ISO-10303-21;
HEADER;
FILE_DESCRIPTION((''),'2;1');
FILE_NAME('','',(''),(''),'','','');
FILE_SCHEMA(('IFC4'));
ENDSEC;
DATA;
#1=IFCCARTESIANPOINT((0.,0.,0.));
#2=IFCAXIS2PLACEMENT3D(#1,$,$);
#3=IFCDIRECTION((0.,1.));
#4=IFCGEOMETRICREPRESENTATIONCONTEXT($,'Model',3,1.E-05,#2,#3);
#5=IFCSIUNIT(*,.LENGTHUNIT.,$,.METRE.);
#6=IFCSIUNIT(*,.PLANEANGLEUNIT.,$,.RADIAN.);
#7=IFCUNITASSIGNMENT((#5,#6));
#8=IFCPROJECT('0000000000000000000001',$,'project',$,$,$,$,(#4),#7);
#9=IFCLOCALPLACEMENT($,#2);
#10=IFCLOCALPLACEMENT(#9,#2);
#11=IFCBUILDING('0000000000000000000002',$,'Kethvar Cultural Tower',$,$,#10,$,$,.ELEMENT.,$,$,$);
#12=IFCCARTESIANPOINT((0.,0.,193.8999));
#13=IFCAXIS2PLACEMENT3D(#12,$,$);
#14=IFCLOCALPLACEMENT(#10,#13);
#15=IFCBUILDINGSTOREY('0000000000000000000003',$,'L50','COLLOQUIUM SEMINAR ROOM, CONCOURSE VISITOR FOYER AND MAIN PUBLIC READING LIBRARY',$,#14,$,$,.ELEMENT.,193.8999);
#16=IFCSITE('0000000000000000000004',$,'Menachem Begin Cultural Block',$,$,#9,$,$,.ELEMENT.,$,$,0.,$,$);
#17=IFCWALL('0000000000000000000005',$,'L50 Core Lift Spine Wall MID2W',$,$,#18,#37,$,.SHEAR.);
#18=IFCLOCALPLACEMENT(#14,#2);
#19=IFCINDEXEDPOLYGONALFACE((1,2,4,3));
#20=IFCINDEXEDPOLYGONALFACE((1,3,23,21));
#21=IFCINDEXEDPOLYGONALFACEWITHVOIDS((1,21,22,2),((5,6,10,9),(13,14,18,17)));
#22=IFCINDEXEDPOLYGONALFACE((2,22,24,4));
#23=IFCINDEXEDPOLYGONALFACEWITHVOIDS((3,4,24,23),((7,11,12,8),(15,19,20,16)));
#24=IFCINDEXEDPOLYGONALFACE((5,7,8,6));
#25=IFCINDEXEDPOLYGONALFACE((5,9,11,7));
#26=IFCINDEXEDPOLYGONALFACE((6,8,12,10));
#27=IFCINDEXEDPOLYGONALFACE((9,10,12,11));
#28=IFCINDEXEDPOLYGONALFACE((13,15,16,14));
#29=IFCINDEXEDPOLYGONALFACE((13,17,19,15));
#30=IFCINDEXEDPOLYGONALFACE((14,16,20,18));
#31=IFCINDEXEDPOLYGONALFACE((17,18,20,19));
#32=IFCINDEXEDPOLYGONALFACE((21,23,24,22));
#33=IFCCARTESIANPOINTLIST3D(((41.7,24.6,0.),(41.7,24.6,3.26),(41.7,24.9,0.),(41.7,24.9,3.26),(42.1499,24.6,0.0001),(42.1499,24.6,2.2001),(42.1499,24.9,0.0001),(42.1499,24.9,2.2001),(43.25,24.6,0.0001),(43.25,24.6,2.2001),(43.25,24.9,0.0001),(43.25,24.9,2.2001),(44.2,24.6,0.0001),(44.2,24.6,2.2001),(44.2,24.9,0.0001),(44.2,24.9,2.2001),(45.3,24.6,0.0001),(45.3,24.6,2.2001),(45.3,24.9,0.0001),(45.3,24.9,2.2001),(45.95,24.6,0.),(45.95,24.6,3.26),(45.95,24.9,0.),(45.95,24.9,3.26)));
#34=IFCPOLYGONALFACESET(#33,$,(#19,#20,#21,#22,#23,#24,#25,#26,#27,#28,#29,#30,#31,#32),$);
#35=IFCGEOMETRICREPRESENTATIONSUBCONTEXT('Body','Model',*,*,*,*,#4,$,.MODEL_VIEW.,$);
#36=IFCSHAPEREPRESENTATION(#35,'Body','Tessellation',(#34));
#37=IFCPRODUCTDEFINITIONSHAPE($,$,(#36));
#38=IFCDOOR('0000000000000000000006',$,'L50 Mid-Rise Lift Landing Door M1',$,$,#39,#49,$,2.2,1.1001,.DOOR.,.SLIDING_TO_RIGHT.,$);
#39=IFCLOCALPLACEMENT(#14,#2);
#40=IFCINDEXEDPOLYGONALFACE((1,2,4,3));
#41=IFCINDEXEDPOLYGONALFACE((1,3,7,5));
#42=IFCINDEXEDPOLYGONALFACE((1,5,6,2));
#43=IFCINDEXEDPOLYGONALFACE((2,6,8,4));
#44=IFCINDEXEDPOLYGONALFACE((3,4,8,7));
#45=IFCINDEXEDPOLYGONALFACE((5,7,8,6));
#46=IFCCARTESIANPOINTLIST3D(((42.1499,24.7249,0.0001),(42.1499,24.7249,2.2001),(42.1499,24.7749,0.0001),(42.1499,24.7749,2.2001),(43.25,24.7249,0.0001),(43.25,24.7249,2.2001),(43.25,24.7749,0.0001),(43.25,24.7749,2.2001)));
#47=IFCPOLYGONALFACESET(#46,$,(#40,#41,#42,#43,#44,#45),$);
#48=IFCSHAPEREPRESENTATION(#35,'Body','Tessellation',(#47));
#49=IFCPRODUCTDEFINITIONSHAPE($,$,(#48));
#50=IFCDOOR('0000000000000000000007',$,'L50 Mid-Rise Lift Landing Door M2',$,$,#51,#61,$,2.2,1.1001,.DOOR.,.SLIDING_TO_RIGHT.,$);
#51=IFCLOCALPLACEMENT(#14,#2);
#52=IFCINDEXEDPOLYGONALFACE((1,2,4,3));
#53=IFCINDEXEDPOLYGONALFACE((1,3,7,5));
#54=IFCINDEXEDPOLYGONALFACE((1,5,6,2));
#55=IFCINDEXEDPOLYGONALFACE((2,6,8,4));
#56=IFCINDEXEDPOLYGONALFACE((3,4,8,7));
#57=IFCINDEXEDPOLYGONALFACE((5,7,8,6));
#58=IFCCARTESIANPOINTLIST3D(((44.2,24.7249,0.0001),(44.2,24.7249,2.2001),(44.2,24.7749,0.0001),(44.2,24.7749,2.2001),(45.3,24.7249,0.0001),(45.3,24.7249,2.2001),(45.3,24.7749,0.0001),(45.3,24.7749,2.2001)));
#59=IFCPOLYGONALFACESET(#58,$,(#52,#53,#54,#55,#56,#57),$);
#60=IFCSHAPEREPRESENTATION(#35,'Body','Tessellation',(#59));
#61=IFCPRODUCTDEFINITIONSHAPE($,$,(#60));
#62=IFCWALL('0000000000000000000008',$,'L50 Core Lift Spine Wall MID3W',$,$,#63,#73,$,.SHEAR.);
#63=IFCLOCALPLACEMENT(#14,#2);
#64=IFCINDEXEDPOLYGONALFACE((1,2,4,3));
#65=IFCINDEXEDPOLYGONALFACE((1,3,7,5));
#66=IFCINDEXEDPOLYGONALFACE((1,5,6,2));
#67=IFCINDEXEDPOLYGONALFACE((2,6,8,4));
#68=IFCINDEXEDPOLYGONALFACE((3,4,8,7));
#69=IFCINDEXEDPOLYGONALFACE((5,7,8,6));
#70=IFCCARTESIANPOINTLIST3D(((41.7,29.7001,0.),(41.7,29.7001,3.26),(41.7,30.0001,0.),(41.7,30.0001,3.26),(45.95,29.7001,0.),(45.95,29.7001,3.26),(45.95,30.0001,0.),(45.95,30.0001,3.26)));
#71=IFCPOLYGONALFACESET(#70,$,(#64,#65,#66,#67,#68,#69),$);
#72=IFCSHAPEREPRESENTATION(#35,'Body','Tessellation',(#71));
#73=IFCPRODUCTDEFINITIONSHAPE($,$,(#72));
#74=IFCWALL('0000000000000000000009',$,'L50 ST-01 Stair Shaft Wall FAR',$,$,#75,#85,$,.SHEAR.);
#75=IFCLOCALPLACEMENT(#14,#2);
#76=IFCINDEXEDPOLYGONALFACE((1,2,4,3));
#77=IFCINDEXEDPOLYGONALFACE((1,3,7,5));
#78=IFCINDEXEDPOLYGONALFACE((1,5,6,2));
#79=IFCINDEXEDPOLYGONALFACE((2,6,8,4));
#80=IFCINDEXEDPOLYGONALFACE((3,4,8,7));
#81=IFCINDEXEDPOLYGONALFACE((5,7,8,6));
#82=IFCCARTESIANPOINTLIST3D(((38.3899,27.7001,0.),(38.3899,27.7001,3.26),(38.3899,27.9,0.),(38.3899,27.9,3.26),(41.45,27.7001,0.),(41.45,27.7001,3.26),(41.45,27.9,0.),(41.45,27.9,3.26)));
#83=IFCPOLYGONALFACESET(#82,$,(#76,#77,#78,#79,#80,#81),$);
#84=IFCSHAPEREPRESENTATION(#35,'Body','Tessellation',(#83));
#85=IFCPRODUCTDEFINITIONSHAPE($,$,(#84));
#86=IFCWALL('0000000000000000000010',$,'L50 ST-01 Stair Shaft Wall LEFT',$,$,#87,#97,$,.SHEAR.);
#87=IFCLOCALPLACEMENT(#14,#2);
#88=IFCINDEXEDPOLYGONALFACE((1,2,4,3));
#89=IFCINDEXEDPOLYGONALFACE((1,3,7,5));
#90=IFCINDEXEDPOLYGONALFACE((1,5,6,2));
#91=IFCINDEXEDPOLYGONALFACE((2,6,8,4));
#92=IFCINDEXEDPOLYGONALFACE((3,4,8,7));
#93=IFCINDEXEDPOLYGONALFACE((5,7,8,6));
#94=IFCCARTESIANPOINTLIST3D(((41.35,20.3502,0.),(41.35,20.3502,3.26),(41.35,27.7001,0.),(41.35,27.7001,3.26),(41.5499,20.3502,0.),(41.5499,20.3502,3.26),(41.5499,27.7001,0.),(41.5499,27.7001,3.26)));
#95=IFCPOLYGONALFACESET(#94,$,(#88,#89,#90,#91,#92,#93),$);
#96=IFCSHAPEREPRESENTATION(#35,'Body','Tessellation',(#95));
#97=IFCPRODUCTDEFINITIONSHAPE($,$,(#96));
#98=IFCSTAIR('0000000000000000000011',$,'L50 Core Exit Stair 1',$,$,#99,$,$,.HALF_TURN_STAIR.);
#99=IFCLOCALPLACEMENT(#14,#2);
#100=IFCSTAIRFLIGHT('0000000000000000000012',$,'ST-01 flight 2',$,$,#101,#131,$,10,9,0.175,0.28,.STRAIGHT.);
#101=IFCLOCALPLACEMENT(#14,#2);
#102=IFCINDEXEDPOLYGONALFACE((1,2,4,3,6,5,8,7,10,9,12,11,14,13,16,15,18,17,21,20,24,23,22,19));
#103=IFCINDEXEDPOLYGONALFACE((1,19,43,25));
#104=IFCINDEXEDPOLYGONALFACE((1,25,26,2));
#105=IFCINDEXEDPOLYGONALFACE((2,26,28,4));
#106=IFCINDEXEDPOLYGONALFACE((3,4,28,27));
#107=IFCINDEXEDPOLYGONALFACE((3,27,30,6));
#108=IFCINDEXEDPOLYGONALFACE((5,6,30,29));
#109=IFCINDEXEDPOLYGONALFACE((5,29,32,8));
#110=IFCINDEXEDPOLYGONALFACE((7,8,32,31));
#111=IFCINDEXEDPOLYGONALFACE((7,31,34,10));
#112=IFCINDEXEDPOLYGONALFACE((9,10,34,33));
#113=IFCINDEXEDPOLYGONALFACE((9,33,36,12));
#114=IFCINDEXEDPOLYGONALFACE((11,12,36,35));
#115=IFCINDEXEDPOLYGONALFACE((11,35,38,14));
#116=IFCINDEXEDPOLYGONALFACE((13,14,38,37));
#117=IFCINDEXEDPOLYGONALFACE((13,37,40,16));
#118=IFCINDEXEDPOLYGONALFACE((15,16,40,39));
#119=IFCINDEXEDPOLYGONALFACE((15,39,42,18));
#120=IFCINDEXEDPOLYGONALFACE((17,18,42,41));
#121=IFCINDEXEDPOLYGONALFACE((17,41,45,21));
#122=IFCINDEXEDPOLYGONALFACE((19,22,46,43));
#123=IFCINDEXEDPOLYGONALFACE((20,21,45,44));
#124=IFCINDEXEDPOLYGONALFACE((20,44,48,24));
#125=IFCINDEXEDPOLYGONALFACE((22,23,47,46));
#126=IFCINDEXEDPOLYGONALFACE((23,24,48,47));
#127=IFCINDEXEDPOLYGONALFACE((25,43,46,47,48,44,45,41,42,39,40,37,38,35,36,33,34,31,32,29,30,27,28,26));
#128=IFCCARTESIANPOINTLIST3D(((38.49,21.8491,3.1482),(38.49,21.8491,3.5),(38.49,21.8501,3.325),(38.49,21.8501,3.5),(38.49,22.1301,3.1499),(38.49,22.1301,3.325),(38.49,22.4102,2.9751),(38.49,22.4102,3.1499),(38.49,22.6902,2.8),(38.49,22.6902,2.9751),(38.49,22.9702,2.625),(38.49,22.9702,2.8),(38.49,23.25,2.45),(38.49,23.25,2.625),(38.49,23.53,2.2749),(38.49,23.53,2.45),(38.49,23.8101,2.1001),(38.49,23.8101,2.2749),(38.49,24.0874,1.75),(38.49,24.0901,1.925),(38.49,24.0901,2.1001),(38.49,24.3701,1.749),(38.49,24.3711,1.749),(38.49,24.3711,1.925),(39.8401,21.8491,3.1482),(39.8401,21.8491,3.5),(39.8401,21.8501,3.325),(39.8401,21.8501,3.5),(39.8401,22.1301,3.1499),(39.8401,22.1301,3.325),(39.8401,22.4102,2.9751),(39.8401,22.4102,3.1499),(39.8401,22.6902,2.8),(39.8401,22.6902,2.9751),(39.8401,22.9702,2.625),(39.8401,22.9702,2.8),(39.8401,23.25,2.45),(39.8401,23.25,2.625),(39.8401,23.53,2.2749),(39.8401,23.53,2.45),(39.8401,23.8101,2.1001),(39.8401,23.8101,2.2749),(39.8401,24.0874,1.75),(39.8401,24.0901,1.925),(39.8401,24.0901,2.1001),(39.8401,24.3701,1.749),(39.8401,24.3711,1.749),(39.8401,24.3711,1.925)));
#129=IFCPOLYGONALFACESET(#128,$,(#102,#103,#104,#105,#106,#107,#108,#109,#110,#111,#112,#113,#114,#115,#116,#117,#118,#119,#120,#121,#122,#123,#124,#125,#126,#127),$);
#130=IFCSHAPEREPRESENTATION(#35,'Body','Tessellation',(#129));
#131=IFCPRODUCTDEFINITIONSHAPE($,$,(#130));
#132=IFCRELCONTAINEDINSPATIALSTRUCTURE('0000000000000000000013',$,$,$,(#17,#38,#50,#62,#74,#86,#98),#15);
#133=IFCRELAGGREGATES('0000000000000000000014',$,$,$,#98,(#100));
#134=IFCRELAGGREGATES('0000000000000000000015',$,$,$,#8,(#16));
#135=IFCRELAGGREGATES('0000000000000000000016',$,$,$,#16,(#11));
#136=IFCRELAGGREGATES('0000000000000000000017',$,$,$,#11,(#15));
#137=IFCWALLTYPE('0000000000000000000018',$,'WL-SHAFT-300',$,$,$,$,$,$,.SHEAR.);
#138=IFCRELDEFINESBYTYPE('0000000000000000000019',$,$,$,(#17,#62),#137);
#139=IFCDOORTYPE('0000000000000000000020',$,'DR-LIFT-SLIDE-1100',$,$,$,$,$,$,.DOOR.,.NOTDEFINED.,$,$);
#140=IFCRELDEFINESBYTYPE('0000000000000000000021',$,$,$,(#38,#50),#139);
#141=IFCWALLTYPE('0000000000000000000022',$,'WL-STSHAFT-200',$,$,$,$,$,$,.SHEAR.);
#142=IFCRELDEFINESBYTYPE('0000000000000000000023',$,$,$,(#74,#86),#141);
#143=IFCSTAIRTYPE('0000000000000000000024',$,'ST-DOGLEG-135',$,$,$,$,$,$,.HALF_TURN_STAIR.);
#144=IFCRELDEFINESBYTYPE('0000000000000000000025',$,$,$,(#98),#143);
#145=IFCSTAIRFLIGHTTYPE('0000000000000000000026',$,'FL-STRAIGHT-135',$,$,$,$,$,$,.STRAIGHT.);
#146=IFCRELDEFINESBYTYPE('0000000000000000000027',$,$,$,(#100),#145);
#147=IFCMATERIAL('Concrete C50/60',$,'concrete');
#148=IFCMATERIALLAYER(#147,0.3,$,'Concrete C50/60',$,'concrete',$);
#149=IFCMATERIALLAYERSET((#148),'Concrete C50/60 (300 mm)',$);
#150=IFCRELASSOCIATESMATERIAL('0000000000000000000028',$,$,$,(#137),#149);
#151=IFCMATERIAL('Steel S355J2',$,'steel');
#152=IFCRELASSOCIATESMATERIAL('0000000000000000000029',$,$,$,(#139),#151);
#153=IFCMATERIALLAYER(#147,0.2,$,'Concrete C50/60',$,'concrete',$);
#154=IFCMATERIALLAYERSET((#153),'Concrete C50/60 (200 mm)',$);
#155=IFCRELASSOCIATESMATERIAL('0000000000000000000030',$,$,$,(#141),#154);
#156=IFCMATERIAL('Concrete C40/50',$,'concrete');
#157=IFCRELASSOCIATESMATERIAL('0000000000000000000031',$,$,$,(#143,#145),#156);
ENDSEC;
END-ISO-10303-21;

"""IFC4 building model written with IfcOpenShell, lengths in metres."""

from ifc_helpers import new_model, si_unit, direction, frame, frame_2d, origin, place, context, subcontext, project, spatial, polyline, rectangle, outline, extrude, source, transform, mapped, material, layer, layer_set, type_object, element, fill, aggregate, save


model = new_model("IFC4")

# Units and contexts
model_context = context("Model", 3, precision=1e-05, world=origin(), true_north=direction((0.0, 1.0)))
body_context = subcontext(model_context, "Body", "Model", "MODEL_VIEW")
ifc_project = project(units=[si_unit("LENGTHUNIT", "METRE"), si_unit("PLANEANGLEUNIT", "RADIAN")], contexts=[model_context])

# Site, building, storey
site_placement = place(None, origin())
site = spatial("IfcSite", under=ifc_project, at=site_placement, Name="Menachem Begin Cultural Block", CompositionType="ELEMENT", RefElevation=0.0)
building_placement = place(site_placement, origin())
building = spatial("IfcBuilding", under=site, at=building_placement, Name="Kethvar Cultural Tower", CompositionType="ELEMENT")
storey_placement = place(building_placement, frame((0.0, 0.0, 193.8999)))
storey = spatial("IfcBuildingStorey", under=building, at=storey_placement, Name="L50", Description="COLLOQUIUM SEMINAR ROOM, CONCOURSE VISITOR FOYER AND MAIN PUBLIC READING LIBRARY", CompositionType="ELEMENT", Elevation=193.8999)

# Shared definitions
ifc_material_1 = material(Name="Steel S355J2", Category="steel")

# Shared definitions
ifc_material_2 = material(Name="Concrete C40/50", Category="concrete")

# Wall, openings, doors
ifc_material_3 = material(Name="Concrete C50/60", Category="concrete")
ifc_layer_1 = layer(ifc_material_3, 0.3, Name="Concrete C50/60", Category="concrete")
ifc_layer_set_1 = layer_set([ifc_layer_1], Name="Concrete C50/60 (300 mm)")
wall_type_1 = type_object("IfcWallType", Name="WL-SHAFT-300", PredefinedType="SHEAR", material=ifc_layer_set_1)
wall_1_placement = place(storey_placement, frame((41.7, 24.75, 0.0), z_axis=(0.0, 0.0, 1.0), x_axis=(1.0, 0.0, 0.0)))
wall_1 = element("IfcWall", 1, at=wall_1_placement, inside=storey, type_object=wall_type_1, Name="L50 Core Lift Spine Wall MID2W", PredefinedType="SHEAR", context=body_context, shape_type="SweptSolid", body=[
    extrude(rectangle(XDim=4.25, YDim=0.3, at=frame_2d((2.125, 0.0))), origin(), (0.0, 0.0, 1.0), 3.26),
])
opening_1_placement = place(wall_1_placement, frame((0.45, 0.0, 0.0)))
opening_1 = element("IfcOpeningElement", 2, at=opening_1_placement, cuts=wall_1, PredefinedType="OPENING", context=body_context, shape_type="SweptSolid", body=[
    extrude(rectangle(XDim=1.1001, YDim=2.2, at=frame_2d((0.55, 1.1001))), frame((0.0, 0.1599, 0.0), z_axis=(0.0, -1.0, 0.0), x_axis=(1.0, 0.0, 0.0)), (0.0, 0.0, 1.0), 0.3201),
])
opening_2_placement = place(wall_1_placement, frame((2.5, 0.0, 0.0)))
opening_2 = element("IfcOpeningElement", 3, at=opening_2_placement, cuts=wall_1, PredefinedType="OPENING", context=body_context, shape_type="SweptSolid", body=[
    extrude(rectangle(XDim=1.1001, YDim=2.2, at=frame_2d((0.55, 1.1001))), frame((0.0, 0.1599, 0.0), z_axis=(0.0, -1.0, 0.0), x_axis=(1.0, 0.0, 0.0)), (0.0, 0.0, 1.0), 0.3201),
])
door_type = type_object("IfcDoorType", Name="DR-LIFT-SLIDE-1100", OperationType="NOTDEFINED", PredefinedType="DOOR", material=ifc_material_1)
shared_shape_1 = source(origin(), body_context, "Body", "SweptSolid", [
    extrude(rectangle(XDim=1.1001, YDim=2.2, at=frame_2d((0.55, 1.1001))), frame((0.0, 0.0249, 0.0), z_axis=(0.0, -1.0, 0.0), x_axis=(1.0, 0.0, 0.0)), (0.0, 0.0, 1.0), 0.05),
])
door_1_placement = place(opening_1_placement, origin())
door_1 = element("IfcDoor", 4, at=door_1_placement, inside=storey, type_object=door_type, Name="L50 Mid-Rise Lift Landing Door M1", OperationType="SLIDING_TO_RIGHT", OverallHeight=2.2, OverallWidth=1.1001, PredefinedType="DOOR", context=body_context, shape_type="MappedRepresentation", body=[
    mapped(shared_shape_1, transform((0.0, 0.0, 0.0), scale=1.0)),
])
fill(opening_1, door_1)
door_2_placement = place(opening_2_placement, origin())
door_2 = element("IfcDoor", 5, at=door_2_placement, inside=storey, type_object=door_type, Name="L50 Mid-Rise Lift Landing Door M2", OperationType="SLIDING_TO_RIGHT", OverallHeight=2.2, OverallWidth=1.1001, PredefinedType="DOOR", context=body_context, shape_type="MappedRepresentation", body=[
    mapped(shared_shape_1, transform((0.0, 0.0, 0.0), scale=1.0)),
])
fill(opening_2, door_2)

# Walls
wall_2_placement = place(storey_placement, frame((41.7, 29.8501, 0.0), z_axis=(0.0, 0.0, 1.0), x_axis=(1.0, 0.0, 0.0)))
element("IfcWall", 6, at=wall_2_placement, inside=storey, type_object=wall_type_1, Name="L50 Core Lift Spine Wall MID3W", PredefinedType="SHEAR", context=body_context, shape_type="SweptSolid", body=[
    extrude(rectangle(XDim=4.25, YDim=0.3, at=frame_2d((2.125, 0.0))), origin(), (0.0, 0.0, 1.0), 3.26),
])
ifc_layer_2 = layer(ifc_material_3, 0.2, Name="Concrete C50/60", Category="concrete")
ifc_layer_set_2 = layer_set([ifc_layer_2], Name="Concrete C50/60 (200 mm)")
wall_type_2 = type_object("IfcWallType", Name="WL-STSHAFT-200", PredefinedType="SHEAR", material=ifc_layer_set_2)
wall_3_placement = place(storey_placement, frame((38.3899, 27.8, 0.0), z_axis=(0.0, 0.0, 1.0), x_axis=(1.0, 0.0, 0.0)))
element("IfcWall", 7, at=wall_3_placement, inside=storey, type_object=wall_type_2, Name="L50 ST-01 Stair Shaft Wall FAR", PredefinedType="SHEAR", context=body_context, shape_type="SweptSolid", body=[
    extrude(rectangle(XDim=3.0601, YDim=0.2, at=frame_2d((1.53, 0.0))), origin(), (0.0, 0.0, 1.0), 3.26),
])
wall_4_placement = place(storey_placement, frame((41.45, 27.7, 0.0), z_axis=(0.0, 0.0, 1.0), x_axis=(0.0, -1.0, 0.0)))
element("IfcWall", 8, at=wall_4_placement, inside=storey, type_object=wall_type_2, Name="L50 ST-01 Stair Shaft Wall LEFT", PredefinedType="SHEAR", context=body_context, shape_type="SweptSolid", body=[
    extrude(rectangle(XDim=7.3499, YDim=0.2, at=frame_2d((3.6748, 0.0))), origin(), (0.0, 0.0, 1.0), 3.26),
])

# Stair, stair flight
stair_type = type_object("IfcStairType", Name="ST-DOGLEG-135", PredefinedType="HALF_TURN_STAIR", material=ifc_material_2)
stair_placement = place(storey_placement, origin())
stair = element("IfcStair", 9, at=stair_placement, inside=storey, type_object=stair_type, Name="L50 Core Exit Stair 1", PredefinedType="HALF_TURN_STAIR")
stair_flight_type = type_object("IfcStairFlightType", Name="FL-STRAIGHT-135", PredefinedType="STRAIGHT", material=ifc_material_2)
stair_flight_placement = place(storey_placement, frame((39.165, 24.3701, 1.75), z_axis=(0.0, 0.0, 1.0), x_axis=(0.0, -1.0, 0.0)))
stair_flight = element("IfcStairFlight", 10, at=stair_flight_placement, type_object=stair_flight_type, Name="ST-01 flight 2", NumberOfRisers=10, NumberOfTreads=9, PredefinedType="STRAIGHT", RiserHeight=0.175, TreadLength=0.28, context=body_context, shape_type="SweptSolid", body=[
    extrude(outline(polyline([(-0.001, -0.001), (-0.001, 0.175), (0.28, 0.175), (0.28, 0.3501), (0.5601, 0.3501), (0.5601, 0.5249), (0.8401, 0.5249), (0.8401, 0.7), (1.1201, 0.7), (1.1201, 0.875), (1.3999, 0.875), (1.3999, 1.05), (1.6799, 1.05), (1.6799, 1.2251), (1.96, 1.2251), (1.96, 1.3999), (2.24, 1.3999), (2.24, 1.575), (2.52, 1.575), (2.52, 1.75), (2.521, 1.75), (2.521, 1.3982), (0.2827, 0.0), (0.0, -0.001), (-0.001, -0.001)])), frame((0.0, 0.675, 0.0), z_axis=(0.0, -1.0, 0.0), x_axis=(1.0, 0.0, 0.0)), (0.0, 0.0, 1.0), 1.3501),
])
aggregate(stair, [stair_flight])

save(model, "model.ifc")
